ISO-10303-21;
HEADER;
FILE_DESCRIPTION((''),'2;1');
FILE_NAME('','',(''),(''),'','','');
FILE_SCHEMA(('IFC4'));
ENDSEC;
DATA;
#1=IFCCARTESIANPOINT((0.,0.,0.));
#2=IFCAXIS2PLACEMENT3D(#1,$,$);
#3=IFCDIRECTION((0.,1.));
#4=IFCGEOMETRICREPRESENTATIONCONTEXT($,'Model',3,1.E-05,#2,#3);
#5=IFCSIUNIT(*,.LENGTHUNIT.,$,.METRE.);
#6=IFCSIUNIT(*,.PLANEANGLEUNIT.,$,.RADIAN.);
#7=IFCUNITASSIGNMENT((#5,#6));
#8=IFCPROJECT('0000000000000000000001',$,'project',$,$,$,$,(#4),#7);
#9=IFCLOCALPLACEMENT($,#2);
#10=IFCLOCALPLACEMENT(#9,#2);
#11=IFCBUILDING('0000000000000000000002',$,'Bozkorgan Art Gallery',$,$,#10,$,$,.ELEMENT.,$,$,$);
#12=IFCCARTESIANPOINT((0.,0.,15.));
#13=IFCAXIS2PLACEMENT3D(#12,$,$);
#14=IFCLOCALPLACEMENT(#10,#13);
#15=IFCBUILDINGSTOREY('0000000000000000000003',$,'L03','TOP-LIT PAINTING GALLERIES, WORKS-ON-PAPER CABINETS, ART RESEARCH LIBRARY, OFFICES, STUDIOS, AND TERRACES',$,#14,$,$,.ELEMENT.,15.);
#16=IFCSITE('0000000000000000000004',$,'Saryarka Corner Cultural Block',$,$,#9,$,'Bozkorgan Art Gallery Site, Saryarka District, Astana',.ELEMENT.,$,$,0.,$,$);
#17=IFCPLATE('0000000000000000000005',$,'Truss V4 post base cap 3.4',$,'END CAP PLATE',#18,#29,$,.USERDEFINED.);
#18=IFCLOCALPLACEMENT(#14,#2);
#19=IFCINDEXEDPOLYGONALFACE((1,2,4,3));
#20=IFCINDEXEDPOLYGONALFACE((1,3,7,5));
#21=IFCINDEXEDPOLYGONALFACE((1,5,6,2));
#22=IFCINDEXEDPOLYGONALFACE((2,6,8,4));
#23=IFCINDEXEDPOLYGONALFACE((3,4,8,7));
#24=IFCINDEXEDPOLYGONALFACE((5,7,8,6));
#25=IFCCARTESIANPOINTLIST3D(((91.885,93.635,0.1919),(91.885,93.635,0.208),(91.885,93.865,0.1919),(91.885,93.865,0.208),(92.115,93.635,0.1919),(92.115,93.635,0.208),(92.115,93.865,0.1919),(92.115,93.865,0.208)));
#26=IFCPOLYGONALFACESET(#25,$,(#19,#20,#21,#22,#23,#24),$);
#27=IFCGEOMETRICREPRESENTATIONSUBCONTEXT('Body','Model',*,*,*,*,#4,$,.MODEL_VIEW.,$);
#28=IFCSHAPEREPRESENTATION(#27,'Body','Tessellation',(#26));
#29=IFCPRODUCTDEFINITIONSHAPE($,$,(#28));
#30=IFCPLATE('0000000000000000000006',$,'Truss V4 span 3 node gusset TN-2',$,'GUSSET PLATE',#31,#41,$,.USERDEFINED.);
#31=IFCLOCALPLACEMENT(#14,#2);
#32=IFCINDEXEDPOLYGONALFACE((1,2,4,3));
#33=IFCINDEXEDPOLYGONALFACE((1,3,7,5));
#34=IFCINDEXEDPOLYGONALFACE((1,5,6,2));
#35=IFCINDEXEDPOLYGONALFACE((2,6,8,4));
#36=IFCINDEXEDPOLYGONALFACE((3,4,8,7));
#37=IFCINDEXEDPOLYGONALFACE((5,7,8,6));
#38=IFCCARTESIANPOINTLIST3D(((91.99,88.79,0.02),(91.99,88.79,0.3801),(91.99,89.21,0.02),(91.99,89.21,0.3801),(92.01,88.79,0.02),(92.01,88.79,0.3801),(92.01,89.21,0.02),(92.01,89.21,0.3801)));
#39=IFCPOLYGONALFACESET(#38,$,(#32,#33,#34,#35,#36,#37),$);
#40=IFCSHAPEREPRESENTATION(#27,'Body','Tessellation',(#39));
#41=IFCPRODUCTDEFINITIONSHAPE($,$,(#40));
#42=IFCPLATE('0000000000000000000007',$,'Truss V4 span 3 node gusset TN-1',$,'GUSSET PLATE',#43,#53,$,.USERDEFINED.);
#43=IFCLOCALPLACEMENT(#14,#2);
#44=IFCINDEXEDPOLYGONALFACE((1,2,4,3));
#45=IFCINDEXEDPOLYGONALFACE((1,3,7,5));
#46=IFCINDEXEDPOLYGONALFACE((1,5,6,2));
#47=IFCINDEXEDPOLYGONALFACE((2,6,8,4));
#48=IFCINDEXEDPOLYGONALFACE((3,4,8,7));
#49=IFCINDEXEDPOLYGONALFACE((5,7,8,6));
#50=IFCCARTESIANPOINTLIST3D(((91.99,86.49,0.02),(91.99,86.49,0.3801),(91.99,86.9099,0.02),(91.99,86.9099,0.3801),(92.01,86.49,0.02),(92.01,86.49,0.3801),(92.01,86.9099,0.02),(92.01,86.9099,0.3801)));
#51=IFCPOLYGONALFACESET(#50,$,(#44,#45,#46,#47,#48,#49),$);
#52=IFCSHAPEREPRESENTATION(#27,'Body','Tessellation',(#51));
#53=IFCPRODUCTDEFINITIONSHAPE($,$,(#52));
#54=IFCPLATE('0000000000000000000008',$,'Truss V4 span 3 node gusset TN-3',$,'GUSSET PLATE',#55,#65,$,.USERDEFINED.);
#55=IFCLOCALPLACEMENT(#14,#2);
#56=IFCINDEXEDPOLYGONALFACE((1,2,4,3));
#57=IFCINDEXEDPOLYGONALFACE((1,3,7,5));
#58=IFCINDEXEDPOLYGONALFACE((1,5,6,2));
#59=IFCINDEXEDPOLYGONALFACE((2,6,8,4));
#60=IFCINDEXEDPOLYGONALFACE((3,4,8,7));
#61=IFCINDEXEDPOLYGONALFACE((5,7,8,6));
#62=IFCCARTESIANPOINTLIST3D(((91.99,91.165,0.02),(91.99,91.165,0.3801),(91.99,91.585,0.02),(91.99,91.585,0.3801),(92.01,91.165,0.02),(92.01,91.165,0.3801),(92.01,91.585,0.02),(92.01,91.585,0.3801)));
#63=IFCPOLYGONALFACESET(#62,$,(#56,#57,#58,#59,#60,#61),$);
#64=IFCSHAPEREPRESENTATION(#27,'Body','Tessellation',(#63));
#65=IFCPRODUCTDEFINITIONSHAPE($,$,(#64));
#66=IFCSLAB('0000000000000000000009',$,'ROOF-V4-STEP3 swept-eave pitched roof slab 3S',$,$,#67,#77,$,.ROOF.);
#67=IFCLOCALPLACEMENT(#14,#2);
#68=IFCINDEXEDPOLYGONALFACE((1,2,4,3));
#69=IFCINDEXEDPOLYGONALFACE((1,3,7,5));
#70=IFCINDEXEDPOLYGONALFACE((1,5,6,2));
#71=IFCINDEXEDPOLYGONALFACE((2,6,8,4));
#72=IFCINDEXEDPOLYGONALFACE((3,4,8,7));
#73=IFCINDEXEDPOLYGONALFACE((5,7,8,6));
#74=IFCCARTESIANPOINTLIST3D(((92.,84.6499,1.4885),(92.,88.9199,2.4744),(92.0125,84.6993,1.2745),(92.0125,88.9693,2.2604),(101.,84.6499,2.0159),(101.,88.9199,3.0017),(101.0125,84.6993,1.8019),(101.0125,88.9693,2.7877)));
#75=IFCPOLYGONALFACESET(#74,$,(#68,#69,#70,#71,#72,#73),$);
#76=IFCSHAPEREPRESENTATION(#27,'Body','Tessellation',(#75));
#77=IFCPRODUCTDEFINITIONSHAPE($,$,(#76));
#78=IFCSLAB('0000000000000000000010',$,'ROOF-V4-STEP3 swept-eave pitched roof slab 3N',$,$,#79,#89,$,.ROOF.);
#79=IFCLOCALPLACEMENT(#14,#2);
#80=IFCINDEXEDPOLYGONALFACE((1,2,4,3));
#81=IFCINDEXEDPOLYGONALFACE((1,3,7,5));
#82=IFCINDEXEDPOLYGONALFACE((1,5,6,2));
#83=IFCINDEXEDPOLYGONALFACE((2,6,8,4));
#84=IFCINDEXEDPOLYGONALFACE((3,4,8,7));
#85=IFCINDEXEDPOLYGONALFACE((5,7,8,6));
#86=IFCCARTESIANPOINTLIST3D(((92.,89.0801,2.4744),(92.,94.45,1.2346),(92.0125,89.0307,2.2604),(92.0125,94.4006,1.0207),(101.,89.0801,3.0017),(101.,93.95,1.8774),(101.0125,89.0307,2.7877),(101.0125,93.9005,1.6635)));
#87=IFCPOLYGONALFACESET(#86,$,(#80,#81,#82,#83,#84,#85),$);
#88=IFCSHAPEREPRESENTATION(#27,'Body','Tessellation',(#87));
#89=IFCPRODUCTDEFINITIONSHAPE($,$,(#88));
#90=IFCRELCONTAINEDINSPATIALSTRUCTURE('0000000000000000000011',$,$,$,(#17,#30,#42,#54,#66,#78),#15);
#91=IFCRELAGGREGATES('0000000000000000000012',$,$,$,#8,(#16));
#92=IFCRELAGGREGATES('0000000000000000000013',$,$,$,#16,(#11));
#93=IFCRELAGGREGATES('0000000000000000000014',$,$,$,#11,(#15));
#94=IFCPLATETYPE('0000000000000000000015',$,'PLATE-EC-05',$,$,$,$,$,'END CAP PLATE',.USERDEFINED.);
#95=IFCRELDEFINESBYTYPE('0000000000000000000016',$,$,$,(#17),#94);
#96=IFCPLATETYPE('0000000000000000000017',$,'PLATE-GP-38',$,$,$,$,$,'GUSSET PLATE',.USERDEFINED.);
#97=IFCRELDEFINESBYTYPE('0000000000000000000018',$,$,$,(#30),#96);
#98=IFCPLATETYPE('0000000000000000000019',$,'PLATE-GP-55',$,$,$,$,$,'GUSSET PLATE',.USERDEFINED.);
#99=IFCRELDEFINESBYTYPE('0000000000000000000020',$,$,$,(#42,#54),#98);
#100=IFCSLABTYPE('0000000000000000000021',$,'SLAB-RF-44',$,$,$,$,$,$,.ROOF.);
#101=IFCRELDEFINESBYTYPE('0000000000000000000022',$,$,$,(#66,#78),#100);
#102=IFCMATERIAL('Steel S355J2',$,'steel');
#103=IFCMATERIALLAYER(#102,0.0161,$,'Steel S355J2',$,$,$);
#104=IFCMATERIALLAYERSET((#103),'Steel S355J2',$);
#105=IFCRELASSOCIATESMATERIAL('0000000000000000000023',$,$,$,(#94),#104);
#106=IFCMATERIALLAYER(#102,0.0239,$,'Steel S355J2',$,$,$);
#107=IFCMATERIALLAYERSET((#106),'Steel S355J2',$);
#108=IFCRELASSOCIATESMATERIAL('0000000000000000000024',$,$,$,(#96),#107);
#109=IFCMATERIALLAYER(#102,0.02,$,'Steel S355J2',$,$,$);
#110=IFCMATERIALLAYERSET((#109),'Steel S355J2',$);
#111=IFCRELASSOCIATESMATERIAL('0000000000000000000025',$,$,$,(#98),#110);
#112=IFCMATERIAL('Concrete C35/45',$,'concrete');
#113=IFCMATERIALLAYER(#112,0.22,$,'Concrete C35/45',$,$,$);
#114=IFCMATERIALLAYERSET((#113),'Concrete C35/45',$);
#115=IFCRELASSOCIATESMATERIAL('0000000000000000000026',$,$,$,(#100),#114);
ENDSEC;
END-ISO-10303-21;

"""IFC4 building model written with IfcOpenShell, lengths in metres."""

from ifc_helpers import new_model, si_unit, direction, frame, origin, origin_2d, place, context, subcontext, project, spatial, polyline, rectangle, outline, extrude, material, layer, layer_set, type_object, element, save


model = new_model("IFC4")

# Units and contexts
model_context = context("Model", 3, precision=1e-05, world=origin(), true_north=direction((0.0, 1.0)))
body_context = subcontext(model_context, "Body", "Model", "MODEL_VIEW")
ifc_project = project(units=[si_unit("LENGTHUNIT", "METRE"), si_unit("PLANEANGLEUNIT", "RADIAN")], contexts=[model_context])

# Site, building, storey
site_placement = place(None, origin())
site = spatial("IfcSite", under=ifc_project, at=site_placement, Name="Saryarka Corner Cultural Block", LongName="Bozkorgan Art Gallery Site, Saryarka District, Astana", CompositionType="ELEMENT", RefElevation=0.0)
building_placement = place(site_placement, origin())
building = spatial("IfcBuilding", under=site, at=building_placement, Name="Bozkorgan Art Gallery", CompositionType="ELEMENT")
storey_placement = place(building_placement, frame((0.0, 0.0, 15.0)))
storey = spatial("IfcBuildingStorey", under=building, at=storey_placement, Name="L03", Description="TOP-LIT PAINTING GALLERIES, WORKS-ON-PAPER CABINETS, ART RESEARCH LIBRARY, OFFICES, STUDIOS, AND TERRACES", CompositionType="ELEMENT", Elevation=15.0)

# Shared definitions
ifc_material_1 = material(Name="Steel S355J2", Category="steel")

# Plates
ifc_layer_1 = layer(ifc_material_1, 0.0161, Name="Steel S355J2")
ifc_layer_set_1 = layer_set([ifc_layer_1], Name="Steel S355J2")
plate_type_1 = type_object("IfcPlateType", Name="PLATE-EC-05", ElementType="END CAP PLATE", PredefinedType="USERDEFINED", material=ifc_layer_set_1)
for number, where, z_axis, x_axis, name in (
    (1, (92.0, 93.75, 0.1919), (0.0, 0.0, 1.0), (1.0, 0.0, 0.0), "Truss V4 post base cap 3.4"),
):
    element("IfcPlate", number, at=place(storey_placement, frame(where, z_axis=z_axis, x_axis=x_axis)), inside=storey, type_object=plate_type_1, Name=name, ObjectType="END CAP PLATE", PredefinedType="USERDEFINED", context=body_context, shape_type="SweptSolid", body=[
        extrude(rectangle(XDim=0.23, YDim=0.23, at=origin_2d()), origin(), (0.0, 0.0, 1.0), 0.0161),
    ])
ifc_layer_2 = layer(ifc_material_1, 0.0239, Name="Steel S355J2")
ifc_layer_set_2 = layer_set([ifc_layer_2], Name="Steel S355J2")
plate_type_2 = type_object("IfcPlateType", Name="PLATE-GP-38", ElementType="GUSSET PLATE", PredefinedType="USERDEFINED", material=ifc_layer_set_2)
plate_1_placement = place(storey_placement, frame((92.0, 89.0, 0.02), z_axis=(0.0, 0.0, 1.0), x_axis=(1.0, 0.0, 0.0)))
element("IfcPlate", 2, at=plate_1_placement, inside=storey, type_object=plate_type_2, Name="Truss V4 span 3 node gusset TN-2", ObjectType="GUSSET PLATE", PredefinedType="USERDEFINED", context=body_context, shape_type="SweptSolid", body=[
    extrude(rectangle(XDim=0.02, YDim=0.4199, at=origin_2d()), origin(), (0.0, 0.0, 1.0), 0.3601),
])
ifc_layer_3 = layer(ifc_material_1, 0.02, Name="Steel S355J2")
ifc_layer_set_3 = layer_set([ifc_layer_3], Name="Steel S355J2")
plate_type_3 = type_object("IfcPlateType", Name="PLATE-GP-55", ElementType="GUSSET PLATE", PredefinedType="USERDEFINED", material=ifc_layer_set_3)
for number, where, z_axis, x_axis, name in (
    (3, (92.0, 86.7, 0.02), (0.0, 0.0, 1.0), (1.0, 0.0, 0.0), "Truss V4 span 3 node gusset TN-1"),
    (4, (92.0, 91.375, 0.02), (0.0, 0.0, 1.0), (1.0, 0.0, 0.0), "Truss V4 span 3 node gusset TN-3"),
):
    element("IfcPlate", number, at=place(storey_placement, frame(where, z_axis=z_axis, x_axis=x_axis)), inside=storey, type_object=plate_type_3, Name=name, ObjectType="GUSSET PLATE", PredefinedType="USERDEFINED", context=body_context, shape_type="SweptSolid", body=[
        extrude(rectangle(XDim=0.02, YDim=0.4199, at=origin_2d()), origin(), (0.0, 0.0, 1.0), 0.3601),
    ])

# Slabs
ifc_material_2 = material(Name="Concrete C35/45", Category="concrete")
ifc_layer_4 = layer(ifc_material_2, 0.22, Name="Concrete C35/45")
ifc_layer_set_4 = layer_set([ifc_layer_4], Name="Concrete C35/45")
slab_type = type_object("IfcSlabType", Name="SLAB-RF-44", PredefinedType="ROOF", material=ifc_layer_set_4)
slab_1_placement = place(storey_placement, frame((92.0, 84.6499, 1.4885), z_axis=(-0.056999, -0.224591, 0.972785), x_axis=(0.998288, 0.0, 0.058493)))
element("IfcSlab", 5, at=slab_1_placement, inside=storey, type_object=slab_type, Name="ROOF-V4-STEP3 swept-eave pitched roof slab 3S", PredefinedType="ROOF", context=body_context, shape_type="SweptSolid", body=[
    extrude(outline(polyline([(0.0, 0.0), (9.0154, 0.0), (9.0731, 4.382), (0.0577, 4.382), (0.0, 0.0)])), origin(), (0.0, 0.0, -1.0), 0.22),
])
slab_2_placement = place(storey_placement, frame((92.0, 89.0801, 2.4744), z_axis=(-0.057002, 0.224584, 0.972786), x_axis=(0.998288, 0.000001, 0.058496)))
element("IfcSlab", 6, at=slab_2_placement, inside=storey, type_object=slab_type, Name="ROOF-V4-STEP3 swept-eave pitched roof slab 3N", PredefinedType="ROOF", context=body_context, shape_type="SweptSolid", body=[
    extrude(outline(polyline([(0.0, 0.0), (9.0154, 0.0), (8.9497, 4.9975), (-0.0725, 5.5106), (0.0, 0.0)])), origin(), (0.0, 0.0, -1.0), 0.22),
])

save(model, "model.ifc")
